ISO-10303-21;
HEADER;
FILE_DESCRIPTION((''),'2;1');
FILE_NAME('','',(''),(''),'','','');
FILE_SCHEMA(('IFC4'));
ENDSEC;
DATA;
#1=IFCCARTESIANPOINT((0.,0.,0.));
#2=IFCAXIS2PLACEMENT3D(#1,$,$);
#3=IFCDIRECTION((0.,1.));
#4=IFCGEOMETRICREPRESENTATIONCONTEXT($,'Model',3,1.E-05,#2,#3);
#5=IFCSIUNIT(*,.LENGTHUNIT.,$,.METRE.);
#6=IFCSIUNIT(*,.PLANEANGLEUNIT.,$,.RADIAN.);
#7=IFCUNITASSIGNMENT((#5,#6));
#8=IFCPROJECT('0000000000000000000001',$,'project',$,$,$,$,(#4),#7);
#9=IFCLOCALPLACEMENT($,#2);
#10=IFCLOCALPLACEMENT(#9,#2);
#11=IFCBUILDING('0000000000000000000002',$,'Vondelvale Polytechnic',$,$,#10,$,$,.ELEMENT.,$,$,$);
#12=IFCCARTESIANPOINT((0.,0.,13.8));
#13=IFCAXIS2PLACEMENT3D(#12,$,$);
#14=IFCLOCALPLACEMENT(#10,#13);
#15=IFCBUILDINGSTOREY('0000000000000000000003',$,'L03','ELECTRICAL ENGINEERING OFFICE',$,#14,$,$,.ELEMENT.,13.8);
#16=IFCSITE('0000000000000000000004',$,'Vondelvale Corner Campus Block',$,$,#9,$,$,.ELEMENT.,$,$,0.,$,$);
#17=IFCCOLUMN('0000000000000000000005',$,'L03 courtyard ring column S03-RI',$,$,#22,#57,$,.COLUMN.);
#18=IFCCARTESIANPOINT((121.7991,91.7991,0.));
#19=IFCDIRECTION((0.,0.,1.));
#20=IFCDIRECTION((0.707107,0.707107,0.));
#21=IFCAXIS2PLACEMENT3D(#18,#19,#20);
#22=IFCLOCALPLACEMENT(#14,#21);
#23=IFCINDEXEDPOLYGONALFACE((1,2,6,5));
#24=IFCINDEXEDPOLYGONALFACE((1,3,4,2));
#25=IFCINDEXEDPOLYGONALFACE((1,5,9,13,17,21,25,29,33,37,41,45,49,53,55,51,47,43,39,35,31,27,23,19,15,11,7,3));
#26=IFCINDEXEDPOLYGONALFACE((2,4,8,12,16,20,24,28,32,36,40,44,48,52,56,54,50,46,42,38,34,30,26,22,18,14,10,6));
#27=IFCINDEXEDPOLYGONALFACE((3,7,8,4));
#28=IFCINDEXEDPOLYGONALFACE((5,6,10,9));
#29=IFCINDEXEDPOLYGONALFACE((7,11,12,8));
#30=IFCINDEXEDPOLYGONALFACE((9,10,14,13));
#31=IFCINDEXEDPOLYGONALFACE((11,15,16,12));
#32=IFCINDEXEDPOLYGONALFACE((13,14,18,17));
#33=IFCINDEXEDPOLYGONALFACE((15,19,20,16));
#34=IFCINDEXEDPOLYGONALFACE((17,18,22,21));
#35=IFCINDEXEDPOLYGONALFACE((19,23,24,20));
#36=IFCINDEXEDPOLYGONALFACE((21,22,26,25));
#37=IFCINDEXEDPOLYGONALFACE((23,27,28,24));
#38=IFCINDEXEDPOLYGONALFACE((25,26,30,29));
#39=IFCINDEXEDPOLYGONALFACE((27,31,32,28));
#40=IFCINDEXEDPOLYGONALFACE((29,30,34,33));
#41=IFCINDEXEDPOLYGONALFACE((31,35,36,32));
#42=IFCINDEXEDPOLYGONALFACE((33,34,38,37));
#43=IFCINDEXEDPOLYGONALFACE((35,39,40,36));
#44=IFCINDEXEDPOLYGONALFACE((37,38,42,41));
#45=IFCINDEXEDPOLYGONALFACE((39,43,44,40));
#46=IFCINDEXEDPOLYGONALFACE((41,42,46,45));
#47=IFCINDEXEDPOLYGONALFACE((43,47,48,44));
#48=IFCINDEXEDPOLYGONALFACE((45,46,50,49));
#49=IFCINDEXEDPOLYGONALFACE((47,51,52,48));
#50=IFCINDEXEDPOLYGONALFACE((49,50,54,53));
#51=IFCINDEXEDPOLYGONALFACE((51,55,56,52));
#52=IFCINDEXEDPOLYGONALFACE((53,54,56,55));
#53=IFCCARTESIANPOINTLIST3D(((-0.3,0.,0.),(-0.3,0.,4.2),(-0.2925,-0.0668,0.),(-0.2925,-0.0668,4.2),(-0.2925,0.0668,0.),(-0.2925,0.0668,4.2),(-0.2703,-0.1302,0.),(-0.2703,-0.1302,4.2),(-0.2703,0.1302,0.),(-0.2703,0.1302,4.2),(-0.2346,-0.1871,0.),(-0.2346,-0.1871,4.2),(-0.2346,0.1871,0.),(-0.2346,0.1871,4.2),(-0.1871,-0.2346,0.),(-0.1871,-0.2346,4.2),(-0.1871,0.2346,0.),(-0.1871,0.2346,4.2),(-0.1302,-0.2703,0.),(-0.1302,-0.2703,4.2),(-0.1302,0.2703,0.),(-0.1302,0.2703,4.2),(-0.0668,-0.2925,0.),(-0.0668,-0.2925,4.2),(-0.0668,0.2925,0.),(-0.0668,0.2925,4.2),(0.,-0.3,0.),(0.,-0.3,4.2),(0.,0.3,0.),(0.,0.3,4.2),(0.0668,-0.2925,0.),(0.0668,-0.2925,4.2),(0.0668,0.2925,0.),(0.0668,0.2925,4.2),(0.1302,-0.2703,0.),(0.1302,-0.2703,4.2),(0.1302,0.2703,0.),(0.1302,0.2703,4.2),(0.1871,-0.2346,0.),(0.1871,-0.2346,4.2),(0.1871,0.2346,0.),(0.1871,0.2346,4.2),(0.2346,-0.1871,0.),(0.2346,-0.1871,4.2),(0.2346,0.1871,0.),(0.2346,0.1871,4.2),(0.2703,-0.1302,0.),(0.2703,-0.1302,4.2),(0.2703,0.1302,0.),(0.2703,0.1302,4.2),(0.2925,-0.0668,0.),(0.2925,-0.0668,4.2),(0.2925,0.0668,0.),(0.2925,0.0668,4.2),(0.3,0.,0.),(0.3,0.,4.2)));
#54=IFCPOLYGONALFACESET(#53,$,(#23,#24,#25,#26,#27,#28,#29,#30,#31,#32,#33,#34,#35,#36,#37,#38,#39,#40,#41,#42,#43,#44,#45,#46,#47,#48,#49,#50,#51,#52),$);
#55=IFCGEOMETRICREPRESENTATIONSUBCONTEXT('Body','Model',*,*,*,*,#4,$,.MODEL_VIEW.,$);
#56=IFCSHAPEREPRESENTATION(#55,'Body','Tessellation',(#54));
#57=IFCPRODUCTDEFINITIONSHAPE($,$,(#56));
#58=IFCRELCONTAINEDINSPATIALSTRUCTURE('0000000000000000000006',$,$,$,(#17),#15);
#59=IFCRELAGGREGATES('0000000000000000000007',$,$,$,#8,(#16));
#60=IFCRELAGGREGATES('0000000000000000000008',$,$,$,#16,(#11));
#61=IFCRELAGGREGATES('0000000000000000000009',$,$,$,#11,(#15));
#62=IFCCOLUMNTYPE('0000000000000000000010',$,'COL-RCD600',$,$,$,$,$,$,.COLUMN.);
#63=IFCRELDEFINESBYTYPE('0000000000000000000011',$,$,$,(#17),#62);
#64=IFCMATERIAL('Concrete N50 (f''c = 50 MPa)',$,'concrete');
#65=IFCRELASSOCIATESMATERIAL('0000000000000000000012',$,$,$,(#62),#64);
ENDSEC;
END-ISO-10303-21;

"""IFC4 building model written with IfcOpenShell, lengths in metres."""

from ifc_helpers import new_model, si_unit, direction, frame, origin, origin_2d, place, context, subcontext, project, spatial, circle, extrude, material, material_profile, profile_set, type_object, element, save


model = new_model("IFC4")

# Units and contexts
model_context = context("Model", 3, precision=1e-05, world=origin(), true_north=direction((0.0, 1.0)))
body_context = subcontext(model_context, "Body", "Model", "MODEL_VIEW")
ifc_project = project(units=[si_unit("LENGTHUNIT", "METRE"), si_unit("PLANEANGLEUNIT", "RADIAN")], contexts=[model_context])

# Site, building, storey
site_placement = place(None, origin())
site = spatial("IfcSite", under=ifc_project, at=site_placement, Name="Vondelvale Corner Campus Block", CompositionType="ELEMENT", RefElevation=0.0)
building_placement = place(site_placement, origin())
building = spatial("IfcBuilding", under=site, at=building_placement, Name="Vondelvale Polytechnic", CompositionType="ELEMENT")
storey_placement = place(building_placement, frame((0.0, 0.0, 13.8)))
storey = spatial("IfcBuildingStorey", under=building, at=storey_placement, Name="L03", Description="ELECTRICAL ENGINEERING OFFICE", CompositionType="ELEMENT", Elevation=13.8)

# Column
ifc_material_1 = material(Name="Concrete N50 (f'c = 50 MPa)", Category="concrete")
ifc_material_profile_1 = material_profile(ifc_material_1, circle(Radius=0.3, at=origin_2d()), Name="RC-COL-D600")
ifc_profile_set_1 = profile_set([ifc_material_profile_1], Name="Concrete N50 (f'c = 50 MPa)")
column_type = type_object("IfcColumnType", Name="COL-RCD600", PredefinedType="COLUMN", material=ifc_profile_set_1)
column_placement = place(storey_placement, frame((121.7991, 91.7991, 0.0), z_axis=(0.0, 0.0, 1.0), x_axis=(0.707107, 0.707107, 0.0)))
element("IfcColumn", 1, at=column_placement, inside=storey, type_object=column_type, Name="L03 courtyard ring column S03-RI", PredefinedType="COLUMN", context=body_context, shape_type="SweptSolid", body=[
    extrude(circle(Radius=0.3, at=origin_2d()), origin(), (0.0, 0.0, 1.0), 4.2),
])

save(model, "model.ifc")
